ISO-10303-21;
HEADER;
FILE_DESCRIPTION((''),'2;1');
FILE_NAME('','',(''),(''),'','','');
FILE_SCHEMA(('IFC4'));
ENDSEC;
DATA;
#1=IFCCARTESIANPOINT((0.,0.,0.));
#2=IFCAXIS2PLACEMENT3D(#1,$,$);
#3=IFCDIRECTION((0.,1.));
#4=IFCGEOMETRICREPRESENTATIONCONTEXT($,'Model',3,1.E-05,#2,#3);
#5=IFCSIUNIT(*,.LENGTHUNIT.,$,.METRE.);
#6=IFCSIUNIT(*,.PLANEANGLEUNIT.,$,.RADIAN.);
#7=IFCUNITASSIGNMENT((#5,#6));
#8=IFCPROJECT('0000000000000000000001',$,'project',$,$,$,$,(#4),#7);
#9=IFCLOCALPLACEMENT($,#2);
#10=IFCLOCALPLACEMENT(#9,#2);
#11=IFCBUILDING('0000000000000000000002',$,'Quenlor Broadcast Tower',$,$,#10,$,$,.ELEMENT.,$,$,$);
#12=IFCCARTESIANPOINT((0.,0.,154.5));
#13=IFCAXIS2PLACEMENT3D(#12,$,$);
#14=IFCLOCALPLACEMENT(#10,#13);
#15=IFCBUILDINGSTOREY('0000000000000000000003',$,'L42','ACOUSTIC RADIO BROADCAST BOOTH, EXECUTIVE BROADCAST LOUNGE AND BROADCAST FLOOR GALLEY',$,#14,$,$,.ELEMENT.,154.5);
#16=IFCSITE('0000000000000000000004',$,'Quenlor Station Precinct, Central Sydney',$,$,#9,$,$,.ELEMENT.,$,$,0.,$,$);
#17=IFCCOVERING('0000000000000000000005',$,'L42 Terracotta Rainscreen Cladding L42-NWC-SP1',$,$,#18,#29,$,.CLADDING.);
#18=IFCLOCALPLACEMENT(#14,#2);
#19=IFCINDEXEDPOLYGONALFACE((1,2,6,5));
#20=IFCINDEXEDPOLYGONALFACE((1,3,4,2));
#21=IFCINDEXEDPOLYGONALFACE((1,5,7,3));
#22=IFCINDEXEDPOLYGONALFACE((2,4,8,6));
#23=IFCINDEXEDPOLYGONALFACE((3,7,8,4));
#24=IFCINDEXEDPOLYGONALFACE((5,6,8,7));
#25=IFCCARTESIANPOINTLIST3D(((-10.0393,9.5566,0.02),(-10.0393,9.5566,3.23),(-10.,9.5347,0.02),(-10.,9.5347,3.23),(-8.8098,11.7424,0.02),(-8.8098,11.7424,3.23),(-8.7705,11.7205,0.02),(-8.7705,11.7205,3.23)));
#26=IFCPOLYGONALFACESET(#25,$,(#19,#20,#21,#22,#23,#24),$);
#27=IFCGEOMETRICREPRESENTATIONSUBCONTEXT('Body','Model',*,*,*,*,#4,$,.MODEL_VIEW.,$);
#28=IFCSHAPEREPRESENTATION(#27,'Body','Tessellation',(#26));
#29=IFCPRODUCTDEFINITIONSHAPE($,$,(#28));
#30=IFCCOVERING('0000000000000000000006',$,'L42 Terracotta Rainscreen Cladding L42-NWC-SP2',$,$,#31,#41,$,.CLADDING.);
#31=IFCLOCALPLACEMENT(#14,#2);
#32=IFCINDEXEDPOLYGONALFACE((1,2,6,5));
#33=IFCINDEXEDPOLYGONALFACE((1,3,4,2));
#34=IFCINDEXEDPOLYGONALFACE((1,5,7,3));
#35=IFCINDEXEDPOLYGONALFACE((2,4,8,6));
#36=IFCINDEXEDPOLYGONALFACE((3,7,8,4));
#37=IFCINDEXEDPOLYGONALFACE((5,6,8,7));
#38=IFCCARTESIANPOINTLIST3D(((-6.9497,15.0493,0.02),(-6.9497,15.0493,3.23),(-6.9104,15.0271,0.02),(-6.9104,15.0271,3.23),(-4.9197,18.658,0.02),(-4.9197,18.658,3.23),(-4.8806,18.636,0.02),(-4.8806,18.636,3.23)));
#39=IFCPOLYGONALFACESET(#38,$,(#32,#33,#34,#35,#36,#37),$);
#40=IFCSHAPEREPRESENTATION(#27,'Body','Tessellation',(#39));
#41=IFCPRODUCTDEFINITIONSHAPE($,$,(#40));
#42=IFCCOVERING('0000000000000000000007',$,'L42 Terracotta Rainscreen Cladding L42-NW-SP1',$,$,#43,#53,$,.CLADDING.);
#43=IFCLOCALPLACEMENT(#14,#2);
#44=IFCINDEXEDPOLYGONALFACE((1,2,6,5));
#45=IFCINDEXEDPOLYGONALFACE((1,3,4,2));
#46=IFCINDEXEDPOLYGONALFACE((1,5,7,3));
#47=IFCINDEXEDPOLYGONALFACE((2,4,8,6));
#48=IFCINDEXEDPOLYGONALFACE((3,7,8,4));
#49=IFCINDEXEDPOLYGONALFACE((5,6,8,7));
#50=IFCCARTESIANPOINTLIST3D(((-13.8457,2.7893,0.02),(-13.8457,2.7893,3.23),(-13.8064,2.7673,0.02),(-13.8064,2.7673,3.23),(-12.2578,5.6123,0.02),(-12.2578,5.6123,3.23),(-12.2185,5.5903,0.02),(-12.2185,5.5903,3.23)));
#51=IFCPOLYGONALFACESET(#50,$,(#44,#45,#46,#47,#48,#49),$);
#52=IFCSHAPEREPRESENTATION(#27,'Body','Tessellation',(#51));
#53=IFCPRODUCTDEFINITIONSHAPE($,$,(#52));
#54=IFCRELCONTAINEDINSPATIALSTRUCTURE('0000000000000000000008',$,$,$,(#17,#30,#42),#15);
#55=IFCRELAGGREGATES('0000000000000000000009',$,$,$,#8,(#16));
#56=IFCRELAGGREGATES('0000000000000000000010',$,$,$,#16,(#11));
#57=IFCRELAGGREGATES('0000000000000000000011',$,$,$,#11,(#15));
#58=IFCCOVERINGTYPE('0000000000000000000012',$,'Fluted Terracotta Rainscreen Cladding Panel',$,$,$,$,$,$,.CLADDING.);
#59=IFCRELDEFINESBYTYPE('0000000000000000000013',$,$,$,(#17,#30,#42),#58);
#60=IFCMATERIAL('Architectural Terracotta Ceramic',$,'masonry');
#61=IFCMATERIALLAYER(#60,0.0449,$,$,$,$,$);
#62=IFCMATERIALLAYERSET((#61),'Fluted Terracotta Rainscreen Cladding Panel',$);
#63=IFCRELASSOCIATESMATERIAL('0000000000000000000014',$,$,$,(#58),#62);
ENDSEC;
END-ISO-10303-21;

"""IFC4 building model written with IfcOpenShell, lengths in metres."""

from ifc_helpers import new_model, si_unit, direction, frame, origin, place, context, subcontext, project, spatial, polyline, outline, extrude, material, layer, layer_set, type_object, element, save


model = new_model("IFC4")

# Units and contexts
model_context = context("Model", 3, precision=1e-05, world=origin(), true_north=direction((0.0, 1.0)))
body_context = subcontext(model_context, "Body", "Model", "MODEL_VIEW")
ifc_project = project(units=[si_unit("LENGTHUNIT", "METRE"), si_unit("PLANEANGLEUNIT", "RADIAN")], contexts=[model_context])

# Site, building, storey
site_placement = place(None, origin())
site = spatial("IfcSite", under=ifc_project, at=site_placement, Name="Quenlor Station Precinct, Central Sydney", CompositionType="ELEMENT", RefElevation=0.0)
building_placement = place(site_placement, origin())
building = spatial("IfcBuilding", under=site, at=building_placement, Name="Quenlor Broadcast Tower", CompositionType="ELEMENT")
storey_placement = place(building_placement, frame((0.0, 0.0, 154.5)))
storey = spatial("IfcBuildingStorey", under=building, at=storey_placement, Name="L42", Description="ACOUSTIC RADIO BROADCAST BOOTH, EXECUTIVE BROADCAST LOUNGE AND BROADCAST FLOOR GALLEY", CompositionType="ELEMENT", Elevation=154.5)

# Coverings
ifc_material = material(Name="Architectural Terracotta Ceramic", Category="masonry")
ifc_layer = layer(ifc_material, 0.0449)
ifc_layer_set = layer_set([ifc_layer], Name="Fluted Terracotta Rainscreen Cladding Panel")
covering_type = type_object("IfcCoveringType", Name="Fluted Terracotta Rainscreen Cladding Panel", PredefinedType="CLADDING", material=ifc_layer_set)
covering_1_placement = place(storey_placement, frame((0.0, 0.0, 0.02)))
element("IfcCovering", 1, at=covering_1_placement, inside=storey, type_object=covering_type, Name="L42 Terracotta Rainscreen Cladding L42-NWC-SP1", PredefinedType="CLADDING", context=body_context, shape_type="SweptSolid", body=[
    extrude(outline(polyline([(-10.0, 9.5347), (-8.7705, 11.7205), (-8.8098, 11.7424), (-10.0393, 9.5566), (-10.0, 9.5347)])), origin(), (0.0, 0.0, 1.0), 3.21),
])
covering_2_placement = place(storey_placement, frame((0.0, 0.0, 0.02)))
element("IfcCovering", 2, at=covering_2_placement, inside=storey, type_object=covering_type, Name="L42 Terracotta Rainscreen Cladding L42-NWC-SP2", PredefinedType="CLADDING", context=body_context, shape_type="SweptSolid", body=[
    extrude(outline(polyline([(-6.9104, 15.0271), (-4.8806, 18.636), (-4.9197, 18.658), (-6.9497, 15.0493), (-6.9104, 15.0271)])), origin(), (0.0, 0.0, 1.0), 3.21),
])
covering_3_placement = place(storey_placement, frame((0.0, 0.0, 0.02)))
element("IfcCovering", 3, at=covering_3_placement, inside=storey, type_object=covering_type, Name="L42 Terracotta Rainscreen Cladding L42-NW-SP1", PredefinedType="CLADDING", context=body_context, shape_type="SweptSolid", body=[
    extrude(outline(polyline([(-13.8064, 2.7673), (-12.2185, 5.5903), (-12.2578, 5.6123), (-13.8457, 2.7893), (-13.8064, 2.7673)])), origin(), (0.0, 0.0, 1.0), 3.21),
])

save(model, "model.ifc")
